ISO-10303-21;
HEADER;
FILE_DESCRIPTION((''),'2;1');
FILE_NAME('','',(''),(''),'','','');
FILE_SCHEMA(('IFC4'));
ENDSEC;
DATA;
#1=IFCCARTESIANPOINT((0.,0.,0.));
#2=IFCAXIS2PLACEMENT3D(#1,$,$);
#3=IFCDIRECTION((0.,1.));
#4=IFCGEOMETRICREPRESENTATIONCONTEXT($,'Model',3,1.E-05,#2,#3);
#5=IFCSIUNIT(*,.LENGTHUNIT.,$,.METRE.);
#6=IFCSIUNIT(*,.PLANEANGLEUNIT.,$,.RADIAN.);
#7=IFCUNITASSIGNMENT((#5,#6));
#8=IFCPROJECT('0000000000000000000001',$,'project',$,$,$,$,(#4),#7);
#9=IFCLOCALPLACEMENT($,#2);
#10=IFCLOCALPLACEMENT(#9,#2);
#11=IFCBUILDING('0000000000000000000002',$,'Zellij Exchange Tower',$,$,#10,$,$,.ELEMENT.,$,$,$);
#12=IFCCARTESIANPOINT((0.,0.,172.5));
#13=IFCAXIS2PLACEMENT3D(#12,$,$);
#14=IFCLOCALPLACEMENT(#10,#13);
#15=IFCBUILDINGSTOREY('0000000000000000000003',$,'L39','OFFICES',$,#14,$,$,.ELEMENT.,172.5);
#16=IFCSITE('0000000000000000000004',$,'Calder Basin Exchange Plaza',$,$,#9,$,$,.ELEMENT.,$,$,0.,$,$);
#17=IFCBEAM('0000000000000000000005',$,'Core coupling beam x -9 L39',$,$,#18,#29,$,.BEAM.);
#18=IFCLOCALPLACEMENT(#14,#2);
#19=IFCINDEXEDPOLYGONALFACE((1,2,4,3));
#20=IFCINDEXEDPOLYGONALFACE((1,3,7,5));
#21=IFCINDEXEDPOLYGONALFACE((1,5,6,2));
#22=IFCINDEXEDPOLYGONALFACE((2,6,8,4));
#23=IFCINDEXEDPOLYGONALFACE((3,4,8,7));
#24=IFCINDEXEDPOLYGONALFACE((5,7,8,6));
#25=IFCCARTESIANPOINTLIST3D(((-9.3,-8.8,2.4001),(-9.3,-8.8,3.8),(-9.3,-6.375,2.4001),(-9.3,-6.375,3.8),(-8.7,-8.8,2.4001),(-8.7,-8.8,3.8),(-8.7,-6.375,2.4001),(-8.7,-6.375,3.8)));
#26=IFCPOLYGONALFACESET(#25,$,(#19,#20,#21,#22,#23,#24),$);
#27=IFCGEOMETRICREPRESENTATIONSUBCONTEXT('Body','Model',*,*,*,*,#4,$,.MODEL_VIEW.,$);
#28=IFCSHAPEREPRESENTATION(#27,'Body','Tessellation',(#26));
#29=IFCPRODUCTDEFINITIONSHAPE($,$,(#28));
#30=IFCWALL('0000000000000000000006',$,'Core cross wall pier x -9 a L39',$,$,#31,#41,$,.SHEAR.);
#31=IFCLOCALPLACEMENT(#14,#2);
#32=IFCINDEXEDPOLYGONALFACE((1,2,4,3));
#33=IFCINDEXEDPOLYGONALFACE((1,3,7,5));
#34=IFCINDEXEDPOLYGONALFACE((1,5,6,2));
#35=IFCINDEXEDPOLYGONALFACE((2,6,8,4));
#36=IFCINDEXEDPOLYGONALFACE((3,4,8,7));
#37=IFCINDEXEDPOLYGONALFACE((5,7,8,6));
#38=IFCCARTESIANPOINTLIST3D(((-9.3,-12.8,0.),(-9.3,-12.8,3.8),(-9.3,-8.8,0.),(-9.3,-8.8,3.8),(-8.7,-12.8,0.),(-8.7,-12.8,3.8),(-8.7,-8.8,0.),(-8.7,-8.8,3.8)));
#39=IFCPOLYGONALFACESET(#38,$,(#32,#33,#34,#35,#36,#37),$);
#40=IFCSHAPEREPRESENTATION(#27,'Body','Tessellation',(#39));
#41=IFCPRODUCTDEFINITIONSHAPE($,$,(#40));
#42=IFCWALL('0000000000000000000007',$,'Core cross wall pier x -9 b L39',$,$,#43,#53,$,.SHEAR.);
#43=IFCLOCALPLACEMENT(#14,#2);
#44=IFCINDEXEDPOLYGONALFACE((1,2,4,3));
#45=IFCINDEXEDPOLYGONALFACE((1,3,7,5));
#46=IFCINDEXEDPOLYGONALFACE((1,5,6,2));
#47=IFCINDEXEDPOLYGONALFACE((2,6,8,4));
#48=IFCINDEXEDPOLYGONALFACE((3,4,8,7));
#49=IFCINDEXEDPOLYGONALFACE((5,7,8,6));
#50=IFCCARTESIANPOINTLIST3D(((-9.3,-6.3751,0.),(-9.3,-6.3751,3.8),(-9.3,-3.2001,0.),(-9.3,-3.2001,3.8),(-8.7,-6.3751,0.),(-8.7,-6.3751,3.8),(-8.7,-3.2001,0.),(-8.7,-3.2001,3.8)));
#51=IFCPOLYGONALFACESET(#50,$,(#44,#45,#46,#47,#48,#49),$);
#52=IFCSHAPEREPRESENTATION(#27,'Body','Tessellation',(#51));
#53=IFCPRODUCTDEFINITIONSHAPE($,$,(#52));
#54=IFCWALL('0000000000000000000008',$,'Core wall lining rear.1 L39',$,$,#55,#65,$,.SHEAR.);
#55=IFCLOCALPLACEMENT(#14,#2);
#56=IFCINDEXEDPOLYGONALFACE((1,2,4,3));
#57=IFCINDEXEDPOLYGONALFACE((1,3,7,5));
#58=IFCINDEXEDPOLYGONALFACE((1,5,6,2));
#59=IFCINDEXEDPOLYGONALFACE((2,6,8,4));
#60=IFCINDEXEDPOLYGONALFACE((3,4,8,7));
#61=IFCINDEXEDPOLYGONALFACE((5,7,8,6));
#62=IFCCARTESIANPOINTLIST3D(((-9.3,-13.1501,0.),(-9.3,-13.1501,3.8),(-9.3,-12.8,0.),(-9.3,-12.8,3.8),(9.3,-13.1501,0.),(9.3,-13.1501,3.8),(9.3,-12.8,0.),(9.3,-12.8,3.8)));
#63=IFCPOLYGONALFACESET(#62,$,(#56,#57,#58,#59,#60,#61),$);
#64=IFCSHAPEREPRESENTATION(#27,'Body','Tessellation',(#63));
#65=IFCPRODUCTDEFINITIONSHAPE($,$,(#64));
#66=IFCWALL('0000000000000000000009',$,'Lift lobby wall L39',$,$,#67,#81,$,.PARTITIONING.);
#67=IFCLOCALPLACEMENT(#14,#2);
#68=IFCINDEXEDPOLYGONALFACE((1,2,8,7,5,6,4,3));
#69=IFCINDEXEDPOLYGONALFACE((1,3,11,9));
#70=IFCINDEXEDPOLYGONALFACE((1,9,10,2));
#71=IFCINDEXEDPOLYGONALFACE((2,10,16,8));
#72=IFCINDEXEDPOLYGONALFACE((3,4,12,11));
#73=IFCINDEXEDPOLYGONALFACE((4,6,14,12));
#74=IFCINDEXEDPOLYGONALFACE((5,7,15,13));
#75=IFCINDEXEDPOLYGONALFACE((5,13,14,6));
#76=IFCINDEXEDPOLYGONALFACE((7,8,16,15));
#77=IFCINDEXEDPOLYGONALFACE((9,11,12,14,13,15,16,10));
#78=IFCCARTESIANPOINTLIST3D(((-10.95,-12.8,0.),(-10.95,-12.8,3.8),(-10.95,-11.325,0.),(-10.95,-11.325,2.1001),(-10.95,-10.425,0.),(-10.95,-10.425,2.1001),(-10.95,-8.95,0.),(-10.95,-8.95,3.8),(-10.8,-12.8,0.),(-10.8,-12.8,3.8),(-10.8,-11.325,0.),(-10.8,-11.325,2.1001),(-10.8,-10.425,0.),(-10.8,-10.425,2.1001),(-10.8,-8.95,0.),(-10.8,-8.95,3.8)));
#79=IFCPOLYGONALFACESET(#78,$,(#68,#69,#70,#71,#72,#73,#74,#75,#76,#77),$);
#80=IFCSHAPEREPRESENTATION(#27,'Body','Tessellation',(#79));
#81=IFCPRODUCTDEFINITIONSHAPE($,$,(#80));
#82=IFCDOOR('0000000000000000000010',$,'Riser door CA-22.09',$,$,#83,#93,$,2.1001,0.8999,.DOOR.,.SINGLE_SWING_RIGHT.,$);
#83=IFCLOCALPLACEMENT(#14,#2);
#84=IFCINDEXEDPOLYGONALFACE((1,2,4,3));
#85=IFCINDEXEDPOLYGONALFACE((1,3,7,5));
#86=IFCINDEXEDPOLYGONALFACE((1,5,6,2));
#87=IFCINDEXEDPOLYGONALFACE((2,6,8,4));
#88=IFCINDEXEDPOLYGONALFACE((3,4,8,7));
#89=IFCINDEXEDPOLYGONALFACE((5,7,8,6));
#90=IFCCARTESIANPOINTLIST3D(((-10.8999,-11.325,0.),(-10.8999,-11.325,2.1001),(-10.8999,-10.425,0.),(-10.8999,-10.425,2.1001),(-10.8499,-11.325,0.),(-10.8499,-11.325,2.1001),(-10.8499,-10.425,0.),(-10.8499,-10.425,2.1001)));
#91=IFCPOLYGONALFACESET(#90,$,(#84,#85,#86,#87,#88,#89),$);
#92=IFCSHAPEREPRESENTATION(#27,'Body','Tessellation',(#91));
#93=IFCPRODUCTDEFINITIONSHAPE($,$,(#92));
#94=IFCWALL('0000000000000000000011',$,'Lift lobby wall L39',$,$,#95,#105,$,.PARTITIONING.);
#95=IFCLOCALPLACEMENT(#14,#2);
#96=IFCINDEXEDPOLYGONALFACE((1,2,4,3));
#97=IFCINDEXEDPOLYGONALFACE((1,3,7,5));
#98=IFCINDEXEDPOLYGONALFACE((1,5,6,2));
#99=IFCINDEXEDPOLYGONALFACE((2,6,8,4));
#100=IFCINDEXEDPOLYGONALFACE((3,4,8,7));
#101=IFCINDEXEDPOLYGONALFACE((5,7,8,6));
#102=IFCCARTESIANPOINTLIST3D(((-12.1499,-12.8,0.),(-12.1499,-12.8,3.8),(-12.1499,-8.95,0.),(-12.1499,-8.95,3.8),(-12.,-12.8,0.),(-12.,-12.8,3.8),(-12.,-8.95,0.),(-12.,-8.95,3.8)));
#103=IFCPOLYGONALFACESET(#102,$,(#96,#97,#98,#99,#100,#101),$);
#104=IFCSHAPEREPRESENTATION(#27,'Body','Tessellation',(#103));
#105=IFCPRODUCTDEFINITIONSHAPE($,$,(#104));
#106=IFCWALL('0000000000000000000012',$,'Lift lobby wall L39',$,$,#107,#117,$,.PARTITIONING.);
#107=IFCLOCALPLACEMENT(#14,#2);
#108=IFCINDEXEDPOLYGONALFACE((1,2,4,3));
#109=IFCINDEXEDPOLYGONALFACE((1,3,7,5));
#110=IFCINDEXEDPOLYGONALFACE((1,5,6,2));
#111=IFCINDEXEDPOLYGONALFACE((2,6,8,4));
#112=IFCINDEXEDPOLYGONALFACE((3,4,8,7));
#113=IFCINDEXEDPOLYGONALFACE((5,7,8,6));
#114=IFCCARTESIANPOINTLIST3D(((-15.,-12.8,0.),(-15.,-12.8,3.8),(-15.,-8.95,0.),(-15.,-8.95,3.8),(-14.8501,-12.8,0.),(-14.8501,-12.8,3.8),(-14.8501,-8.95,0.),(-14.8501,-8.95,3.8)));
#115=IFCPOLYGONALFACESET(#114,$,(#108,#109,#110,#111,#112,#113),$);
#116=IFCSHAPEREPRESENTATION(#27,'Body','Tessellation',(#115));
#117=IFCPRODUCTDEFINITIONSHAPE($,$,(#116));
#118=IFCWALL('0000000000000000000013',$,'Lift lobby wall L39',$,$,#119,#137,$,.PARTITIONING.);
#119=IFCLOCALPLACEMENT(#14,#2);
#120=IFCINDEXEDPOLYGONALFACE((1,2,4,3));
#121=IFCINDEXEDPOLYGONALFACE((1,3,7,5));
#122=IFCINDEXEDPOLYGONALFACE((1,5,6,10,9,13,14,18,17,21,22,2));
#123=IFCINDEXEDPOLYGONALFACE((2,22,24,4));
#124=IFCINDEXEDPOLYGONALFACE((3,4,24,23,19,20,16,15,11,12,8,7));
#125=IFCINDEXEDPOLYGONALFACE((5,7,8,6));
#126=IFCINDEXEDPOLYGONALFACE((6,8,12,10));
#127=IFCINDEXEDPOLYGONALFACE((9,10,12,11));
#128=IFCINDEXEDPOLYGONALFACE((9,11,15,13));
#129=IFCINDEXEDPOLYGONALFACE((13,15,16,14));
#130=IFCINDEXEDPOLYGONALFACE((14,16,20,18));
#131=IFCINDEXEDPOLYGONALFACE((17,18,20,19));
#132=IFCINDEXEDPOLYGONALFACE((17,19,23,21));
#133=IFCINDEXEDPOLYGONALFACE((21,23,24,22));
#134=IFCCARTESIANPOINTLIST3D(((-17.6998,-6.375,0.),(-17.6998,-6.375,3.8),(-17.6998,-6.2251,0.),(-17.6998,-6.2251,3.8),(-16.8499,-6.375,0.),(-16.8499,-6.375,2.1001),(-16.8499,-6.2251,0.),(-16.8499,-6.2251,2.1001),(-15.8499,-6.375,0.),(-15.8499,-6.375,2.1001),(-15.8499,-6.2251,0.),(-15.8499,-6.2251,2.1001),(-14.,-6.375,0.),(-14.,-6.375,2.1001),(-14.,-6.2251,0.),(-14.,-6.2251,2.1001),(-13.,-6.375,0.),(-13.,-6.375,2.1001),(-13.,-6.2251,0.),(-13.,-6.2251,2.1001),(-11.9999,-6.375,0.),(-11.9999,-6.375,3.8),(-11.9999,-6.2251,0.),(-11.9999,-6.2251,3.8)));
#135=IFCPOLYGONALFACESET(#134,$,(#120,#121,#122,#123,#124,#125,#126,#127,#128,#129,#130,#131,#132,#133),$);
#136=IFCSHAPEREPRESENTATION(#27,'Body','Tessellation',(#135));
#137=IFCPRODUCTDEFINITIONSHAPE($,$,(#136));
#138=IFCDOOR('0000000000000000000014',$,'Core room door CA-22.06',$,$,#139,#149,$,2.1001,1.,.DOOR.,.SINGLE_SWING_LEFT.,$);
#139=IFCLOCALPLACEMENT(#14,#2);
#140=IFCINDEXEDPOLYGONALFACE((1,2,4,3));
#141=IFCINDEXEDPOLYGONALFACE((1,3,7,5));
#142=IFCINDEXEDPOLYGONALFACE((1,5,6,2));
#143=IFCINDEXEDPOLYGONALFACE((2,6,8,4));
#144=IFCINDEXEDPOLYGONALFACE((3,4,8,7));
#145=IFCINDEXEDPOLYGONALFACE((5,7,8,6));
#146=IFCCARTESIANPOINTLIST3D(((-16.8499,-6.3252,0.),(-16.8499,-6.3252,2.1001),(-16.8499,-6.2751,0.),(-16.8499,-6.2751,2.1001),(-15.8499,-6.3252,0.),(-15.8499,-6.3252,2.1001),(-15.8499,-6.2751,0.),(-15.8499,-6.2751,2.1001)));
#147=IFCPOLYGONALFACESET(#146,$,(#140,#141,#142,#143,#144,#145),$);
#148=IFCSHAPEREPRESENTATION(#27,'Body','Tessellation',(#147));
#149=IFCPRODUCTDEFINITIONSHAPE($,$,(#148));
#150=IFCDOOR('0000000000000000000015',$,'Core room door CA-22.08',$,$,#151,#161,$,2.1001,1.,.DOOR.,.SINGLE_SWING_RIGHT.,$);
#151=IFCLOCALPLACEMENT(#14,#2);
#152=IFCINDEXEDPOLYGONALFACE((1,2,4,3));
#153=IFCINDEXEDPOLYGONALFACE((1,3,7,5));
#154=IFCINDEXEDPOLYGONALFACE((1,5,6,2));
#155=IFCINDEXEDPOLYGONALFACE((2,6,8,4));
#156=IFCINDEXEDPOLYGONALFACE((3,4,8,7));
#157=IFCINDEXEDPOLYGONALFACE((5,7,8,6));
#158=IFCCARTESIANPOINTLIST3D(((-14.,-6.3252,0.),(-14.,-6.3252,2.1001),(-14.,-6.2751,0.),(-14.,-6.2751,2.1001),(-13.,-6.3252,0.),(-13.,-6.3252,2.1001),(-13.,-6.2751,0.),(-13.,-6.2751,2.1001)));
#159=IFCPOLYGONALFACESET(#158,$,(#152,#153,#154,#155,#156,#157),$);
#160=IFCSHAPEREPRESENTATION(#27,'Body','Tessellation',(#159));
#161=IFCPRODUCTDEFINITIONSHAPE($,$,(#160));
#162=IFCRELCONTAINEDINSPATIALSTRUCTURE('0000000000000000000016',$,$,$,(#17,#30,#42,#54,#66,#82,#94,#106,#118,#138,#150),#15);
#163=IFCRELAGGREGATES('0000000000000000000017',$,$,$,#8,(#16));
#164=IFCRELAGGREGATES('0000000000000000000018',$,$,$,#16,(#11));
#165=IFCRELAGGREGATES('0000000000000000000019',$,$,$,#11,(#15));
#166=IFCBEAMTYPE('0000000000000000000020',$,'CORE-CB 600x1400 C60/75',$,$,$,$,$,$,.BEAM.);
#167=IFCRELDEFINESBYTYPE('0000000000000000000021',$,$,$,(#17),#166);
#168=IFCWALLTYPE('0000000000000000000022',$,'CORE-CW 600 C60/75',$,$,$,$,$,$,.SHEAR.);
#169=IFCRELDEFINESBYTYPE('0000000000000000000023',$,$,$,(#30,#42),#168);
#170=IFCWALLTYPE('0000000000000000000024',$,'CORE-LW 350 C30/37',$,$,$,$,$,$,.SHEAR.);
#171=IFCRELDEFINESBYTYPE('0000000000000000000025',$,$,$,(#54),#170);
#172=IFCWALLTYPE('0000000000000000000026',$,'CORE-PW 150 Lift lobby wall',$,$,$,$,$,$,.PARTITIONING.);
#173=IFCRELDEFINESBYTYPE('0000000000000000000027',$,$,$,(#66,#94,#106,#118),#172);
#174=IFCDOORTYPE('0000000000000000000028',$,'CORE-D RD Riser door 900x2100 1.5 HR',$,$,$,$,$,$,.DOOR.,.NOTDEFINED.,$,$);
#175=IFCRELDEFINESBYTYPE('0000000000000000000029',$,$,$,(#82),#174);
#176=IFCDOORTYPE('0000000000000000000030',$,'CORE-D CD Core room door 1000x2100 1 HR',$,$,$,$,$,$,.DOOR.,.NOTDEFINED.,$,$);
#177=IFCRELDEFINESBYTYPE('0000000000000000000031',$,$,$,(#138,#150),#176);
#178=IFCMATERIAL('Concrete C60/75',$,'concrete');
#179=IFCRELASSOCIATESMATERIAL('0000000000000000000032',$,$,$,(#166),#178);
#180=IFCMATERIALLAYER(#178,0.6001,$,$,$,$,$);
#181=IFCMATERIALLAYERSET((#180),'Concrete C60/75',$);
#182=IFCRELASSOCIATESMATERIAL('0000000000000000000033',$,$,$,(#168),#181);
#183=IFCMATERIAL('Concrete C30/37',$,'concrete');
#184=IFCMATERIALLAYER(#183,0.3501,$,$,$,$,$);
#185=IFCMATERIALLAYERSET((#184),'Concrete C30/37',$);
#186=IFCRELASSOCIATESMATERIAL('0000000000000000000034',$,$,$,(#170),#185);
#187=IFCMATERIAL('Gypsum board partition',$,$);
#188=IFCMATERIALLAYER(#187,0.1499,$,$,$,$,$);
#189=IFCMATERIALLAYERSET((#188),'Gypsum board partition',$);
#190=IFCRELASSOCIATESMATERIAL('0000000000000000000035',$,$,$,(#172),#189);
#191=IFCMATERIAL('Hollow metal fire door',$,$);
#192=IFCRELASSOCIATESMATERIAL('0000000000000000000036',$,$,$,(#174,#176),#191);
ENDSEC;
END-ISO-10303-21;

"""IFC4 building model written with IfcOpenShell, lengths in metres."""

from ifc_helpers import new_model, si_unit, direction, frame, frame_2d, origin, origin_2d, place, context, subcontext, project, spatial, rectangle, extrude, material, layer, layer_set, material_profile, profile_set, type_object, element, fill, save


model = new_model("IFC4")

# Units and contexts
model_context = context("Model", 3, precision=1e-05, world=origin(), true_north=direction((0.0, 1.0)))
body_context = subcontext(model_context, "Body", "Model", "MODEL_VIEW")
ifc_project = project(units=[si_unit("LENGTHUNIT", "METRE"), si_unit("PLANEANGLEUNIT", "RADIAN")], contexts=[model_context])

# Site, building, storey
site_placement = place(None, origin())
site = spatial("IfcSite", under=ifc_project, at=site_placement, Name="Calder Basin Exchange Plaza", CompositionType="ELEMENT", RefElevation=0.0)
building_placement = place(site_placement, origin())
building = spatial("IfcBuilding", under=site, at=building_placement, Name="Zellij Exchange Tower", CompositionType="ELEMENT")
storey_placement = place(building_placement, frame((0.0, 0.0, 172.5)))
storey = spatial("IfcBuildingStorey", under=building, at=storey_placement, Name="L39", Description="OFFICES", CompositionType="ELEMENT", Elevation=172.5)

# Beam
ifc_material_1 = material(Name="Concrete C60/75", Category="concrete")
ifc_material_profile = material_profile(ifc_material_1, rectangle(XDim=0.6001, YDim=1.3999, at=origin_2d()), Name="CORE-CB 600x1400 C60/75")
ifc_profile_set = profile_set([ifc_material_profile], Name="Concrete C60/75")
beam_type = type_object("IfcBeamType", Name="CORE-CB 600x1400 C60/75", PredefinedType="BEAM", material=ifc_profile_set)
beam_placement = place(storey_placement, frame((-9.0, -8.8, 3.1001), z_axis=(0.0, 1.0, 0.0), x_axis=(-1.0, 0.0, 0.0)))
element("IfcBeam", 1, at=beam_placement, inside=storey, type_object=beam_type, Name="Core coupling beam x -9 L39", PredefinedType="BEAM", context=body_context, shape_type="SweptSolid", body=[
    extrude(rectangle(XDim=0.6001, YDim=1.3999, at=origin_2d()), origin(), (0.0, 0.0, 1.0), 2.425),
])

# Walls
ifc_layer_1 = layer(ifc_material_1, 0.6001)
ifc_layer_set_1 = layer_set([ifc_layer_1], Name="Concrete C60/75")
wall_type_1 = type_object("IfcWallType", Name="CORE-CW 600 C60/75", PredefinedType="SHEAR", material=ifc_layer_set_1)
wall_1_placement = place(storey_placement, frame((-9.0, -12.8, 0.0), z_axis=(0.0, 0.0, 1.0), x_axis=(0.0, 1.0, 0.0)))
element("IfcWall", 2, at=wall_1_placement, inside=storey, type_object=wall_type_1, Name="Core cross wall pier x -9 a L39", PredefinedType="SHEAR", context=body_context, shape_type="SweptSolid", body=[
    extrude(rectangle(XDim=4.0, YDim=0.6001, at=frame_2d((2.0, 0.0))), origin(), (0.0, 0.0, 1.0), 3.8),
])
wall_2_placement = place(storey_placement, frame((-9.0, -6.375, 0.0), z_axis=(0.0, 0.0, 1.0), x_axis=(0.0, 1.0, 0.0)))
element("IfcWall", 3, at=wall_2_placement, inside=storey, type_object=wall_type_1, Name="Core cross wall pier x -9 b L39", PredefinedType="SHEAR", context=body_context, shape_type="SweptSolid", body=[
    extrude(rectangle(XDim=3.175, YDim=0.6001, at=frame_2d((1.5874, 0.0))), origin(), (0.0, 0.0, 1.0), 3.8),
])
ifc_material_2 = material(Name="Concrete C30/37", Category="concrete")
ifc_layer_2 = layer(ifc_material_2, 0.3501)
ifc_layer_set_2 = layer_set([ifc_layer_2], Name="Concrete C30/37")
wall_type_2 = type_object("IfcWallType", Name="CORE-LW 350 C30/37", PredefinedType="SHEAR", material=ifc_layer_set_2)
wall_3_placement = place(storey_placement, frame((-9.3, -12.9751, 0.0), z_axis=(0.0, 0.0, 1.0), x_axis=(1.0, 0.0, 0.0)))
element("IfcWall", 4, at=wall_3_placement, inside=storey, type_object=wall_type_2, Name="Core wall lining rear.1 L39", PredefinedType="SHEAR", context=body_context, shape_type="SweptSolid", body=[
    extrude(rectangle(XDim=18.6001, YDim=0.3501, at=frame_2d((9.3, 0.0))), origin(), (0.0, 0.0, 1.0), 3.8),
])

# Wall, opening, door
ifc_material_3 = material(Name="Gypsum board partition")
ifc_layer_3 = layer(ifc_material_3, 0.1499)
ifc_layer_set_3 = layer_set([ifc_layer_3], Name="Gypsum board partition")
wall_type_3 = type_object("IfcWallType", Name="CORE-PW 150 Lift lobby wall", PredefinedType="PARTITIONING", material=ifc_layer_set_3)
wall_4_placement = place(storey_placement, frame((-10.875, -12.8, 0.0), z_axis=(0.0, 0.0, 1.0), x_axis=(0.0, 1.0, 0.0)))
wall_4 = element("IfcWall", 5, at=wall_4_placement, inside=storey, type_object=wall_type_3, Name="Lift lobby wall L39", PredefinedType="PARTITIONING", context=body_context, shape_type="SweptSolid", body=[
    extrude(rectangle(XDim=3.8501, YDim=0.1499, at=frame_2d((1.925, 0.0))), origin(), (0.0, 0.0, 1.0), 3.8),
])
opening_1_placement = place(wall_4_placement, frame((1.4751, 0.0, 0.0)))
opening_1 = element("IfcOpeningElement", 6, at=opening_1_placement, cuts=wall_4, PredefinedType="OPENING", context=body_context, shape_type="SweptSolid", body=[
    extrude(rectangle(XDim=0.8999, YDim=2.1001, at=frame_2d((0.45, 1.05))), frame((0.0, 0.0869, 0.0), z_axis=(0.0, -1.0, 0.0), x_axis=(1.0, 0.0, 0.0)), (0.0, 0.0, 1.0), 0.1738),
])
ifc_material_4 = material(Name="Hollow metal fire door")
door_type_1 = type_object("IfcDoorType", Name="CORE-D RD Riser door 900x2100 1.5 HR", OperationType="NOTDEFINED", PredefinedType="DOOR", material=ifc_material_4)
door_1_placement = place(opening_1_placement, origin())
door_1 = element("IfcDoor", 7, at=door_1_placement, inside=storey, type_object=door_type_1, Name="Riser door CA-22.09", OperationType="SINGLE_SWING_RIGHT", OverallHeight=2.1001, OverallWidth=0.8999, PredefinedType="DOOR", context=body_context, shape_type="SweptSolid", body=[
    extrude(rectangle(XDim=0.8999, YDim=2.1001, at=frame_2d((0.45, 1.05))), frame((0.0, 0.0249, 0.0), z_axis=(0.0, -1.0, 0.0), x_axis=(1.0, 0.0, 0.0)), (0.0, 0.0, 1.0), 0.05),
])
fill(opening_1, door_1)

# Walls
for number, where, z_axis, x_axis, name in (
    (8, (-12.075, -12.8, 0.0), (0.0, 0.0, 1.0), (0.0, 1.0, 0.0), "Lift lobby wall L39"),
    (9, (-14.925, -12.8, 0.0), (0.0, 0.0, 1.0), (0.0, 1.0, 0.0), "Lift lobby wall L39"),
):
    element("IfcWall", number, at=place(storey_placement, frame(where, z_axis=z_axis, x_axis=x_axis)), inside=storey, type_object=wall_type_3, Name=name, PredefinedType="PARTITIONING", context=body_context, shape_type="SweptSolid", body=[
        extrude(rectangle(XDim=3.8501, YDim=0.1499, at=frame_2d((1.925, 0.0))), origin(), (0.0, 0.0, 1.0), 3.8),
    ])

# Wall, openings, doors
wall_5_placement = place(storey_placement, frame((-17.7, -6.3, 0.0), z_axis=(0.0, 0.0, 1.0), x_axis=(1.0, 0.0, 0.0)))
wall_5 = element("IfcWall", 10, at=wall_5_placement, inside=storey, type_object=wall_type_3, Name="Lift lobby wall L39", PredefinedType="PARTITIONING", context=body_context, shape_type="SweptSolid", body=[
    extrude(rectangle(XDim=5.7, YDim=0.1499, at=frame_2d((2.8501, 0.0))), origin(), (0.0, 0.0, 1.0), 3.8),
])
opening_2_placement = place(wall_5_placement, frame((0.8501, 0.0, 0.0)))
opening_2 = element("IfcOpeningElement", 11, at=opening_2_placement, cuts=wall_5, PredefinedType="OPENING", context=body_context, shape_type="SweptSolid", body=[
    extrude(rectangle(XDim=1.0, YDim=2.1001, at=frame_2d((0.5, 1.05))), frame((0.0, 0.0869, 0.0), z_axis=(0.0, -1.0, 0.0), x_axis=(1.0, 0.0, 0.0)), (0.0, 0.0, 1.0), 0.1738),
])
opening_3_placement = place(wall_5_placement, frame((3.7, 0.0, 0.0)))
opening_3 = element("IfcOpeningElement", 12, at=opening_3_placement, cuts=wall_5, PredefinedType="OPENING", context=body_context, shape_type="SweptSolid", body=[
    extrude(rectangle(XDim=1.0, YDim=2.1001, at=frame_2d((0.5, 1.05))), frame((0.0, 0.0869, 0.0), z_axis=(0.0, -1.0, 0.0), x_axis=(1.0, 0.0, 0.0)), (0.0, 0.0, 1.0), 0.1738),
])
door_type_2 = type_object("IfcDoorType", Name="CORE-D CD Core room door 1000x2100 1 HR", OperationType="NOTDEFINED", PredefinedType="DOOR", material=ifc_material_4)
door_2_placement = place(opening_2_placement, origin())
door_2 = element("IfcDoor", 13, at=door_2_placement, inside=storey, type_object=door_type_2, Name="Core room door CA-22.06", OperationType="SINGLE_SWING_LEFT", OverallHeight=2.1001, OverallWidth=1.0, PredefinedType="DOOR", context=body_context, shape_type="SweptSolid", body=[
    extrude(rectangle(XDim=1.0, YDim=2.1001, at=frame_2d((0.5, 1.05))), frame((0.0, 0.0249, 0.0), z_axis=(0.0, -1.0, 0.0), x_axis=(1.0, 0.0, 0.0)), (0.0, 0.0, 1.0), 0.05),
])
fill(opening_2, door_2)
door_3_placement = place(opening_3_placement, origin())
door_3 = element("IfcDoor", 14, at=door_3_placement, inside=storey, type_object=door_type_2, Name="Core room door CA-22.08", OperationType="SINGLE_SWING_RIGHT", OverallHeight=2.1001, OverallWidth=1.0, PredefinedType="DOOR", context=body_context, shape_type="SweptSolid", body=[
    extrude(rectangle(XDim=1.0, YDim=2.1001, at=frame_2d((0.5, 1.05))), frame((0.0, 0.0249, 0.0), z_axis=(0.0, -1.0, 0.0), x_axis=(1.0, 0.0, 0.0)), (0.0, 0.0, 1.0), 0.05),
])
fill(opening_3, door_3)

save(model, "model.ifc")
